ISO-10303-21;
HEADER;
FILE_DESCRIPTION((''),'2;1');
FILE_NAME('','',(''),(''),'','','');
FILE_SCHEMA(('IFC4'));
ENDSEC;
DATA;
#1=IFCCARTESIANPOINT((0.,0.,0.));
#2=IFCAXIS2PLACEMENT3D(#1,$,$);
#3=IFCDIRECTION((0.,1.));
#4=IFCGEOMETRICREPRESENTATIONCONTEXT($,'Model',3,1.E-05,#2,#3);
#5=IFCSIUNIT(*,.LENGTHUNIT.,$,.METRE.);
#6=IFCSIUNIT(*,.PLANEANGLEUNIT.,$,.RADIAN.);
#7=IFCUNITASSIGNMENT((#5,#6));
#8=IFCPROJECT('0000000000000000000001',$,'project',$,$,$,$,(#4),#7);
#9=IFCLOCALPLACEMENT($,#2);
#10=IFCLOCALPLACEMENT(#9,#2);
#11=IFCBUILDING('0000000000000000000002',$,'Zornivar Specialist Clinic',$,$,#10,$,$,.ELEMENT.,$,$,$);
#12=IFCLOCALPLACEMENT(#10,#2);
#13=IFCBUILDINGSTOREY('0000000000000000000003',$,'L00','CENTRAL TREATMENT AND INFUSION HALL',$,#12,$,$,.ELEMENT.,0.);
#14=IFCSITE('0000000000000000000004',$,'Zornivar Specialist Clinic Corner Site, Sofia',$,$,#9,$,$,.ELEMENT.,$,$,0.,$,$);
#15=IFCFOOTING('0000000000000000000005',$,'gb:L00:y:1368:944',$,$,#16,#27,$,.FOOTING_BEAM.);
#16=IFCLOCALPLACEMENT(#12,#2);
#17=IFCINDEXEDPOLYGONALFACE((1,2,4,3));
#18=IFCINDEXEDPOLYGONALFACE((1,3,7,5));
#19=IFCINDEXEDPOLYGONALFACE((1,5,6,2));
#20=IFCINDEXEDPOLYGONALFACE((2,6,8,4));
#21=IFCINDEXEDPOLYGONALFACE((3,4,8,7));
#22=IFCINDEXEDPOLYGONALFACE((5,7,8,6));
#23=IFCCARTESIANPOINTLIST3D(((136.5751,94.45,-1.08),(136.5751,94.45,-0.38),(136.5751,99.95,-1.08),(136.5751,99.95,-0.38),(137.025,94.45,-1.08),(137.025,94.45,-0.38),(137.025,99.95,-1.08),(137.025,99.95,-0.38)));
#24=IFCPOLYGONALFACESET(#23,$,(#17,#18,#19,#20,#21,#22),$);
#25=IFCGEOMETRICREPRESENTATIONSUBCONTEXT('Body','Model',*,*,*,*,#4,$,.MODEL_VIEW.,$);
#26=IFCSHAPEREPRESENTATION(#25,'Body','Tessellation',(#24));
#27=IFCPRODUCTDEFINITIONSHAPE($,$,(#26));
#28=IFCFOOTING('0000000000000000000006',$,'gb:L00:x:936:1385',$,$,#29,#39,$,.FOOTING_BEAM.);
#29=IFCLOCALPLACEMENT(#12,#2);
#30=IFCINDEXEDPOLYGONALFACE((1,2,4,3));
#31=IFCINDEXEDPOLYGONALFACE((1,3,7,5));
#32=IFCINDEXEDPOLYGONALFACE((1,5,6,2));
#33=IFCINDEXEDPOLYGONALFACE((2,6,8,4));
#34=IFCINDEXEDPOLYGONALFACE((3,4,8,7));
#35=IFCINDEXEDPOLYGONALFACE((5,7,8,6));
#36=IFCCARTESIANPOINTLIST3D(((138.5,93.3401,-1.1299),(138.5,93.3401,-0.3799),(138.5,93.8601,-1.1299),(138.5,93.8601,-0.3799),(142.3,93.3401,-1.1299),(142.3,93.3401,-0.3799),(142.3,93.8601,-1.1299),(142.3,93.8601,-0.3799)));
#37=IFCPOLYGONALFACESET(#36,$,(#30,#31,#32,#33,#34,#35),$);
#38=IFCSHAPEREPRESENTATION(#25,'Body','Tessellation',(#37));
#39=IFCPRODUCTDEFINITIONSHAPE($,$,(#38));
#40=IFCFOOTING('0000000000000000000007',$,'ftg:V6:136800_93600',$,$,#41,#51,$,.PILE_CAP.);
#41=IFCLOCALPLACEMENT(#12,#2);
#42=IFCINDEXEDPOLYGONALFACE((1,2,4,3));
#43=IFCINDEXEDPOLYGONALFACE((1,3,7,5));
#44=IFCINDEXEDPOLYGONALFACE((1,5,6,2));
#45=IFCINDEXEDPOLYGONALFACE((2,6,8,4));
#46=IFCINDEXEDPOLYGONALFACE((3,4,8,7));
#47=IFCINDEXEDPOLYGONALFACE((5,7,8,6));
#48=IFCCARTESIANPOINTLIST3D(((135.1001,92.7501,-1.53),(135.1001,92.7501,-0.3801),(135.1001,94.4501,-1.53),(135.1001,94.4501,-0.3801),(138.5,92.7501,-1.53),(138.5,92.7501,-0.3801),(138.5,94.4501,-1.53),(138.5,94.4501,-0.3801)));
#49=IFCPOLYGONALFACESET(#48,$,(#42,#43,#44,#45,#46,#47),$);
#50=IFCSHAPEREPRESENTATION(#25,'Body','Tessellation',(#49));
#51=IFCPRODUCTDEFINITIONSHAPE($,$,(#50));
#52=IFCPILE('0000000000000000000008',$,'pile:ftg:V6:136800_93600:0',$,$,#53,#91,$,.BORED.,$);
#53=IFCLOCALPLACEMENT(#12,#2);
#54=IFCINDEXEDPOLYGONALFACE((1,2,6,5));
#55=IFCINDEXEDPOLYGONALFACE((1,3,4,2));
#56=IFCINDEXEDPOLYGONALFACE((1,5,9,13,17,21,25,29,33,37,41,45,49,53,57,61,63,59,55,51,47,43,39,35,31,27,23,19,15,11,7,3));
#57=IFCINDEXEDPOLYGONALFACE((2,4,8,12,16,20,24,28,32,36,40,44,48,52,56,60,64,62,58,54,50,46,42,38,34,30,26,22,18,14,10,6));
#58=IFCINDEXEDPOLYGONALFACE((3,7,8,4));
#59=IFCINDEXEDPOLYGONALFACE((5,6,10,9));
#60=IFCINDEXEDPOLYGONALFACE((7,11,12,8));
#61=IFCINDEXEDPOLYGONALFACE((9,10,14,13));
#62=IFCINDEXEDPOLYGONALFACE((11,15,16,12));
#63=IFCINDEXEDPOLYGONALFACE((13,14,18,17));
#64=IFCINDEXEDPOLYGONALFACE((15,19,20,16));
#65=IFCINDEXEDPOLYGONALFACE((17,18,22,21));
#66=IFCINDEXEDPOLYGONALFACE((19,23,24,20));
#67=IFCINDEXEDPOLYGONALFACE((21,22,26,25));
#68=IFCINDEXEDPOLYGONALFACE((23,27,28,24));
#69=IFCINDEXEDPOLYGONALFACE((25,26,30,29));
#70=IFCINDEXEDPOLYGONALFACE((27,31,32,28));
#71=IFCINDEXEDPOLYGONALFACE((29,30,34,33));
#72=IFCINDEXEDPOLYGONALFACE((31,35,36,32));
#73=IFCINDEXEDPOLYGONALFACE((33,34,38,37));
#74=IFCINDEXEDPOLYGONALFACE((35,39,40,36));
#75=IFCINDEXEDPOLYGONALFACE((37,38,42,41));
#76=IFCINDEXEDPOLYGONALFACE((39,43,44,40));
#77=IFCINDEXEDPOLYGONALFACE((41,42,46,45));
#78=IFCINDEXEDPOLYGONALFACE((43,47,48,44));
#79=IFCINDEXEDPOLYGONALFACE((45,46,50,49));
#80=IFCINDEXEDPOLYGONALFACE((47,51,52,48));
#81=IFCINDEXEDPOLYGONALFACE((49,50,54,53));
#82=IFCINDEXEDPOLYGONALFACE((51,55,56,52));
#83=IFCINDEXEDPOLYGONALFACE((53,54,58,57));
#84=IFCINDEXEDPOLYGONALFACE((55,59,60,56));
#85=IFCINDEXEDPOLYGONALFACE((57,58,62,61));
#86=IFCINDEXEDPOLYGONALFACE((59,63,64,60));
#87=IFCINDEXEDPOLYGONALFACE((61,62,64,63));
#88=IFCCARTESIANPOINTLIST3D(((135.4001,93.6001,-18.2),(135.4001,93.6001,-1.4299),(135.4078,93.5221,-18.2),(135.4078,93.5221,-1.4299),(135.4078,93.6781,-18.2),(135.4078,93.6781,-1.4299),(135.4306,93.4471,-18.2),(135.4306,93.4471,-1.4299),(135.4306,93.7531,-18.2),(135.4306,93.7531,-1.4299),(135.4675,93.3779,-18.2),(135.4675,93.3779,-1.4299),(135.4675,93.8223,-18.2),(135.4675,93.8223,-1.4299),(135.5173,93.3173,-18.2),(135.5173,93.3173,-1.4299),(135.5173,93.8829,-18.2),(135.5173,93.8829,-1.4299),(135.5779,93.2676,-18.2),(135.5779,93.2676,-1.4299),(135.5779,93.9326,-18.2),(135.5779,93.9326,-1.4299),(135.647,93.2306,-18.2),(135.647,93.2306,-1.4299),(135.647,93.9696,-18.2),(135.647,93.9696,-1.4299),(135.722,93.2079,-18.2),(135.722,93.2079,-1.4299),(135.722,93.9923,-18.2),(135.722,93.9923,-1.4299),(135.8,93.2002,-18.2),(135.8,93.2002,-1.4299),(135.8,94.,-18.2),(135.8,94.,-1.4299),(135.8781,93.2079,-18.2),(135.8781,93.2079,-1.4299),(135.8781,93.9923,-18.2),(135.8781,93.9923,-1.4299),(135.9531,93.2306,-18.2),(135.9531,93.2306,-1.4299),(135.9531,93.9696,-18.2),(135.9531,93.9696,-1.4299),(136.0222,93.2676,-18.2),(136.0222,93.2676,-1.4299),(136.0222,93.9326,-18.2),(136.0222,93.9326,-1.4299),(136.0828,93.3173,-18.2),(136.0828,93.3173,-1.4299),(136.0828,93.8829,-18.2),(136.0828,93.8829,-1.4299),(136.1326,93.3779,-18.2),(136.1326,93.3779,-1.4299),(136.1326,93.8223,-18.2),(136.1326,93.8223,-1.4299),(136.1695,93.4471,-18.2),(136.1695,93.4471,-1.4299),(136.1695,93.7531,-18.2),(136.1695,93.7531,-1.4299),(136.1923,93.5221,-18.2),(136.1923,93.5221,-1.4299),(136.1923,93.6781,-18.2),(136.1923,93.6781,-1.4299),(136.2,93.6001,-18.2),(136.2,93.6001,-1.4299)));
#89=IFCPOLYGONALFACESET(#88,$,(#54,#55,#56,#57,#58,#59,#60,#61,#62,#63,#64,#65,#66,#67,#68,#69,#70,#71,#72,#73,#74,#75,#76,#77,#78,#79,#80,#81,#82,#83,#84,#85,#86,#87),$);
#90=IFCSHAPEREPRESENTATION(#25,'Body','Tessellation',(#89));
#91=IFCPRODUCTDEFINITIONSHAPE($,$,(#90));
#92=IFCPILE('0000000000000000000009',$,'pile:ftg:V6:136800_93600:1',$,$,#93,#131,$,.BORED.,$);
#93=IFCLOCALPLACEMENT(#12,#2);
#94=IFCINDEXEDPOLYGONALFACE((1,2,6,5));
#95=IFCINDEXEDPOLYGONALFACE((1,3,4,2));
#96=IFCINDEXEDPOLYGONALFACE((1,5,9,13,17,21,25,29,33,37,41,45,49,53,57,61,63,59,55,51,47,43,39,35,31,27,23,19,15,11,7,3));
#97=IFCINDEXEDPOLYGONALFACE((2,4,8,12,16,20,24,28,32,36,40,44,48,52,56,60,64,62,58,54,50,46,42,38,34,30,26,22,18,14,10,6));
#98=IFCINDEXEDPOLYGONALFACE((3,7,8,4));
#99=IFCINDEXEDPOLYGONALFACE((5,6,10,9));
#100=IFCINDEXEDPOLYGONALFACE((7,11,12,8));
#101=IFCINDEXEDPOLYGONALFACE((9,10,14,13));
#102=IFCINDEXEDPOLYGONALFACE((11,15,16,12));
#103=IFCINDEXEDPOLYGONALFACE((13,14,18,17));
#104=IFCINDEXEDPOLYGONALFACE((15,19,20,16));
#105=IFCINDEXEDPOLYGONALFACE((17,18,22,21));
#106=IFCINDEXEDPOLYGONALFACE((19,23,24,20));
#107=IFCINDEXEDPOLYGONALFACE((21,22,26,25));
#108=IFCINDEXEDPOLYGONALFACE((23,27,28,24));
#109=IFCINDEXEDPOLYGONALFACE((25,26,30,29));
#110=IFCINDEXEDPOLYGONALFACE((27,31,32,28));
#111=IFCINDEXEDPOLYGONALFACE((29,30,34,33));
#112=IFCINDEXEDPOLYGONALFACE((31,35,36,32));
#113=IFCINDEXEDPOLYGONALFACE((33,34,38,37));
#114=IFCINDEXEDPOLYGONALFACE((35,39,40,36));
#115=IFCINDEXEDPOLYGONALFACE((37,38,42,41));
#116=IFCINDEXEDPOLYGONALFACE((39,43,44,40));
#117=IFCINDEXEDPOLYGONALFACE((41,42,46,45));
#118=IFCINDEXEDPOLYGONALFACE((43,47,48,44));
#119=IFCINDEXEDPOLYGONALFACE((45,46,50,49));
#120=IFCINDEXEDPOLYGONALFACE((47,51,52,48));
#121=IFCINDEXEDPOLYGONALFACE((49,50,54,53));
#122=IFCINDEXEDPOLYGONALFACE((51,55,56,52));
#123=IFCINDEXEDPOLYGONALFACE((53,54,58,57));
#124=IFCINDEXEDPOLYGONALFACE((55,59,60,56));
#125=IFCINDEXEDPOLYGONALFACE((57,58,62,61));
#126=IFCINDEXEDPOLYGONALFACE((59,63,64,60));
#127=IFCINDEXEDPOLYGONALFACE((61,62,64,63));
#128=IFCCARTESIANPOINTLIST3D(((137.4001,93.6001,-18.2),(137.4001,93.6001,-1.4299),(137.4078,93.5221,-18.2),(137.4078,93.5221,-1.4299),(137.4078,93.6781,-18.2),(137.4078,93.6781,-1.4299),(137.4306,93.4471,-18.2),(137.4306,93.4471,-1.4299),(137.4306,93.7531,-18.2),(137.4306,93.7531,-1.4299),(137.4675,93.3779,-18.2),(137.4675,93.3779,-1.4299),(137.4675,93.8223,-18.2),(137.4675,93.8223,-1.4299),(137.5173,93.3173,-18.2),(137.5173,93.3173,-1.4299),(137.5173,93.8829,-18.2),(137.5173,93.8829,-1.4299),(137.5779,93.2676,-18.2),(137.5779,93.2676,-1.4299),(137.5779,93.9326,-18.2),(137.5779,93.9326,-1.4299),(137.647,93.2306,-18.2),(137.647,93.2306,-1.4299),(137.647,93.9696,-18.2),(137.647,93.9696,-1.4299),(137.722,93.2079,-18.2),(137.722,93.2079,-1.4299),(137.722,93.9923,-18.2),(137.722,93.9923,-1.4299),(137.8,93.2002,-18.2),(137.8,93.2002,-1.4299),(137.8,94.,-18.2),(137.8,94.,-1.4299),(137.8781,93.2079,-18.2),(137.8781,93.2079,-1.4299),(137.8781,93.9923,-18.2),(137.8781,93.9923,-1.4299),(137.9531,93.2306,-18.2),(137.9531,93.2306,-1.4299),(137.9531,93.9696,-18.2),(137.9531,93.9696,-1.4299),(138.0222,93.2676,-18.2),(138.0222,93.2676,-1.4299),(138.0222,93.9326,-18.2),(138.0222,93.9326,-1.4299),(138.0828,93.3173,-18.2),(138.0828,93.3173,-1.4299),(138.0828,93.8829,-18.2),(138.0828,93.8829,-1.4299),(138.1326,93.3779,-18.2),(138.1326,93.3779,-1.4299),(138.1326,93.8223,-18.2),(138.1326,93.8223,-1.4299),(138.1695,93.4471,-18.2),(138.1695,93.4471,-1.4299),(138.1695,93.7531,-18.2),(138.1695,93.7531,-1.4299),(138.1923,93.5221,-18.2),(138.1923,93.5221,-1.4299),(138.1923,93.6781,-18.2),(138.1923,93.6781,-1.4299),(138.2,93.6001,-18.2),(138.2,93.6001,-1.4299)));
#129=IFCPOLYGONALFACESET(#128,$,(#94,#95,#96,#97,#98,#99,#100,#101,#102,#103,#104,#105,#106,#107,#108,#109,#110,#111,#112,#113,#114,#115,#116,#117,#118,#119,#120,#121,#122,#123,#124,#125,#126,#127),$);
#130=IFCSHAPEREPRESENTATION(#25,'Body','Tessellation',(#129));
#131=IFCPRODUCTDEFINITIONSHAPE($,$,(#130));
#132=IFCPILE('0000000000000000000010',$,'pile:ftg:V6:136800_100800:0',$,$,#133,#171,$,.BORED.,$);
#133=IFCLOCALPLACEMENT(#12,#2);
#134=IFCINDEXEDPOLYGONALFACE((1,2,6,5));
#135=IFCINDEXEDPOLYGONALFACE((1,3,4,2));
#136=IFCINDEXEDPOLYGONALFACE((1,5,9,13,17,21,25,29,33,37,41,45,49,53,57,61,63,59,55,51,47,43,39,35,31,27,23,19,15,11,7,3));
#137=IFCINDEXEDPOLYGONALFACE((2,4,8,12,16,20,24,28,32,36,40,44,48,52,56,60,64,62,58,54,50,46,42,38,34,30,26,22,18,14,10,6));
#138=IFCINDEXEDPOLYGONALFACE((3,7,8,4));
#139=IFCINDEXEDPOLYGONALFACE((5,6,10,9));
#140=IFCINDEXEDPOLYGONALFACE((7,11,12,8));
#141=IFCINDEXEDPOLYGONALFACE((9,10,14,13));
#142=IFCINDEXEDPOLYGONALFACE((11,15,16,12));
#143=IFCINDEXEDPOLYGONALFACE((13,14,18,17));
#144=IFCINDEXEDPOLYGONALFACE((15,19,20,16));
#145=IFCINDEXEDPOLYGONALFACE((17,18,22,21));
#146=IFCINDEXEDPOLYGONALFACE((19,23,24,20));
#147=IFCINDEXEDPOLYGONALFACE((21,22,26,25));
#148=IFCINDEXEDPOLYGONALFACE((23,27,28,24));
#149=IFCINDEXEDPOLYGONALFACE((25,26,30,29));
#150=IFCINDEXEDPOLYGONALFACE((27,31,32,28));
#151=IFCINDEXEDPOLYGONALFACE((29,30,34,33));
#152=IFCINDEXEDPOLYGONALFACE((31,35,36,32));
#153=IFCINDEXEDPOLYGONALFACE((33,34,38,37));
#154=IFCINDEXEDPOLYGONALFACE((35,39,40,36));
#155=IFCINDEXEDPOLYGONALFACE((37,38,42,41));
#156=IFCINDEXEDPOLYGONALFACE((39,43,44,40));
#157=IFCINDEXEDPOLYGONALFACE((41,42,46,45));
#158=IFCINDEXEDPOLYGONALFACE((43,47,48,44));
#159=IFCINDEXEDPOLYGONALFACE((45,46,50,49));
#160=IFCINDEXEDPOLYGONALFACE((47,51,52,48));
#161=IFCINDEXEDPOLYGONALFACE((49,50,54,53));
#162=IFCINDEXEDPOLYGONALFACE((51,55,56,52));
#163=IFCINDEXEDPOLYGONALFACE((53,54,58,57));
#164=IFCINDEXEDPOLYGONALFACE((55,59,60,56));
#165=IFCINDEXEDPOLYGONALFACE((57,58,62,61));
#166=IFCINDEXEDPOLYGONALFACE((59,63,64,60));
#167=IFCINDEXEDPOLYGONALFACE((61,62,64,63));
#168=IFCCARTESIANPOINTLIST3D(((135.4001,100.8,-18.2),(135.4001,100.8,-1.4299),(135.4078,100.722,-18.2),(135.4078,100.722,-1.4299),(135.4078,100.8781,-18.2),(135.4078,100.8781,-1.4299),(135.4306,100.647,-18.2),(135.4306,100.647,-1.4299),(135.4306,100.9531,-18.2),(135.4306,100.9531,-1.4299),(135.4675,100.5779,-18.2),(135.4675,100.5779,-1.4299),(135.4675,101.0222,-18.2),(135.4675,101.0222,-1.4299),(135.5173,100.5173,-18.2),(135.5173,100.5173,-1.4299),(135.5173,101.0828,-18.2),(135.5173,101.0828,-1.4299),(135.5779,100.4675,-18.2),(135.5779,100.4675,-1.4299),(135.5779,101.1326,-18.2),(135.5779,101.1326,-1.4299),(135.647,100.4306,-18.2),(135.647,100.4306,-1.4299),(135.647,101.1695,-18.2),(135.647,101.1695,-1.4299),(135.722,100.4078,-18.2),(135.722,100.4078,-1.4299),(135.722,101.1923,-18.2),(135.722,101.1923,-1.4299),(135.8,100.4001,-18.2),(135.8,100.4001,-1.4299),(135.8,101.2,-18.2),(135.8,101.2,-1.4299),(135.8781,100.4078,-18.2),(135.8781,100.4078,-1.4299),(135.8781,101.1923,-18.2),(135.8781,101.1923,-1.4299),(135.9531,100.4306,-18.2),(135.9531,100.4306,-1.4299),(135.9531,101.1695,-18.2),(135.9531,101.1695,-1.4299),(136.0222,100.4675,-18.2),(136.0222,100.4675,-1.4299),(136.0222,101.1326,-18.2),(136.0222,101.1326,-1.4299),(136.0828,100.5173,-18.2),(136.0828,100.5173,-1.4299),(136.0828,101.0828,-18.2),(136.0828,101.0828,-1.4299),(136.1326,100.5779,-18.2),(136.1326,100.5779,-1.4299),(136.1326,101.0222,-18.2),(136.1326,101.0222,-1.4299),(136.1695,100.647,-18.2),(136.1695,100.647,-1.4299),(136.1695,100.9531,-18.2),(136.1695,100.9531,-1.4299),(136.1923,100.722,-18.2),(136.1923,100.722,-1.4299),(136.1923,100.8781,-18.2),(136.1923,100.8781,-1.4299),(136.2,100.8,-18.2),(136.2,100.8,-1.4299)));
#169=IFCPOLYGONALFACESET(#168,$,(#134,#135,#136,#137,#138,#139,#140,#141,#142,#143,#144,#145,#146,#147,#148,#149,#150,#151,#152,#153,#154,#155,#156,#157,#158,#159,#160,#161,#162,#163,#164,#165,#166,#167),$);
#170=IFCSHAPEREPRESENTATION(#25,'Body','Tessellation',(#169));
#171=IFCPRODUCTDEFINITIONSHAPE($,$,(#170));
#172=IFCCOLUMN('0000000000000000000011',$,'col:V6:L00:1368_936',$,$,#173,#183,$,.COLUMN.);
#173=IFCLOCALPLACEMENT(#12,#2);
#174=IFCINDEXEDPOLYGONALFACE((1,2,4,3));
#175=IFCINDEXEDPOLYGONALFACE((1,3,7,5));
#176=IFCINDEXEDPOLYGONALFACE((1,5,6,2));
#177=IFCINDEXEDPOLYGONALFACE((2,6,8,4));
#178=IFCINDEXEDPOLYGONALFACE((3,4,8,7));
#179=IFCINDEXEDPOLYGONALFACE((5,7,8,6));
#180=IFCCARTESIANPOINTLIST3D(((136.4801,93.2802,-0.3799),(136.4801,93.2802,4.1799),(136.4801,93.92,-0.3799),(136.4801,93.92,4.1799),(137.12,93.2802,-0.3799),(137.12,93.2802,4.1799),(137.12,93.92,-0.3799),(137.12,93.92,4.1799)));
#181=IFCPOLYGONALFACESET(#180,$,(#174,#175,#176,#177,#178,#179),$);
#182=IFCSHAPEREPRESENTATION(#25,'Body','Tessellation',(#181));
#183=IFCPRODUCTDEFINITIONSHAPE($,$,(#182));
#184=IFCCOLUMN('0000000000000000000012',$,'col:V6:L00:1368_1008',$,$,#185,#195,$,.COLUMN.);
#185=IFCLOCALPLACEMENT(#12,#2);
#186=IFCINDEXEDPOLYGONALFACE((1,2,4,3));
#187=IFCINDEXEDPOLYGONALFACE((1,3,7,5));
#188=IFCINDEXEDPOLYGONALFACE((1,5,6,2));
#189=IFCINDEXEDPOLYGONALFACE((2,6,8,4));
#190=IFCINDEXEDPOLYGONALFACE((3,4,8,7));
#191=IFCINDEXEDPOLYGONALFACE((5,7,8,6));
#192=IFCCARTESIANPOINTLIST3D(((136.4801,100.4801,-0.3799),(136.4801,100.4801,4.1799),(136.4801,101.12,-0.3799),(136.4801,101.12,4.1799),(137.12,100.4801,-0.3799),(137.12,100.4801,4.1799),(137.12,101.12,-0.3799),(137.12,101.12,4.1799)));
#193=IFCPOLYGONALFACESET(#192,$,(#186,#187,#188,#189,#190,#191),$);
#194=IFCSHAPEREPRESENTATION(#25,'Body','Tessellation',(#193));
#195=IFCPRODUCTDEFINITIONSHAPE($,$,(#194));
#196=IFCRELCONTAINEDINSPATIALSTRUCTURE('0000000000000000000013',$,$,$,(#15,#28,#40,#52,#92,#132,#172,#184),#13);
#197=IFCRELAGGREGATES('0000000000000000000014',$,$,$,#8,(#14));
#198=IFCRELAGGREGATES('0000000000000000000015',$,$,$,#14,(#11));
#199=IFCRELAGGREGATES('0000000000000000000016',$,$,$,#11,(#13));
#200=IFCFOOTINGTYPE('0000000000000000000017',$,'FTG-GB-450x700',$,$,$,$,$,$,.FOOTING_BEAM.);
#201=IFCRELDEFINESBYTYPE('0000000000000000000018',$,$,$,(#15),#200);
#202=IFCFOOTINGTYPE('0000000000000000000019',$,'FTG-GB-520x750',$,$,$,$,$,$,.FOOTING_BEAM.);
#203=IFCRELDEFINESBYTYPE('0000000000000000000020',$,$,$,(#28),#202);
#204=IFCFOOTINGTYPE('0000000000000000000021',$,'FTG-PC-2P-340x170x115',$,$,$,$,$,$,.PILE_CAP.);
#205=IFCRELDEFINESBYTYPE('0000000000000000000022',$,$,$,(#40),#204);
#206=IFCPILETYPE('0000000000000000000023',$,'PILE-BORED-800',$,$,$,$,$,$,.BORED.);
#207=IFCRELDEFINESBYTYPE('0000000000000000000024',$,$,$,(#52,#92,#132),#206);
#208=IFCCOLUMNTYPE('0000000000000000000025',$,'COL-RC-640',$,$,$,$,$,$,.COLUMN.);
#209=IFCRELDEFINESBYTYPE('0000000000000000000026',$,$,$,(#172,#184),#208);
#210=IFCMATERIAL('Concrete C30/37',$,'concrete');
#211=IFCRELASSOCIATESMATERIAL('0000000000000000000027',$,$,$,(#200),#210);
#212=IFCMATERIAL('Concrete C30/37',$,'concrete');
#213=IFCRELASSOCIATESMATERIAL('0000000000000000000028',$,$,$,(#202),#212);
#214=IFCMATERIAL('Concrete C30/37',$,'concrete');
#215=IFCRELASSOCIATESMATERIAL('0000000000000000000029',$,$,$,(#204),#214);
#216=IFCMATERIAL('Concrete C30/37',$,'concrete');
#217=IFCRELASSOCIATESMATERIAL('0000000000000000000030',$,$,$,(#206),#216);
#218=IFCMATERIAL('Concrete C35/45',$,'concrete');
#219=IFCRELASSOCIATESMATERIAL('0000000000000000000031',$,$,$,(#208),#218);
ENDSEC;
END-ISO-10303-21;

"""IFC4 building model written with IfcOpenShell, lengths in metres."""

from ifc_helpers import new_model, si_unit, direction, frame, origin, origin_2d, place, context, subcontext, project, spatial, rectangle, circle, extrude, material, material_profile, profile_set, type_object, element, save


model = new_model("IFC4")

# Units and contexts
model_context = context("Model", 3, precision=1e-05, world=origin(), true_north=direction((0.0, 1.0)))
body_context = subcontext(model_context, "Body", "Model", "MODEL_VIEW")
ifc_project = project(units=[si_unit("LENGTHUNIT", "METRE"), si_unit("PLANEANGLEUNIT", "RADIAN")], contexts=[model_context])

# Site, building, storey
site_placement = place(None, origin())
site = spatial("IfcSite", under=ifc_project, at=site_placement, Name="Zornivar Specialist Clinic Corner Site, Sofia", CompositionType="ELEMENT", RefElevation=0.0)
building_placement = place(site_placement, origin())
building = spatial("IfcBuilding", under=site, at=building_placement, Name="Zornivar Specialist Clinic", CompositionType="ELEMENT")
storey_placement = place(building_placement, origin())
storey = spatial("IfcBuildingStorey", under=building, at=storey_placement, Name="L00", Description="CENTRAL TREATMENT AND INFUSION HALL", CompositionType="ELEMENT", Elevation=0.0)

# Footings
ifc_material_1 = material(Name="Concrete C30/37", Category="concrete")
ifc_material_profile_1 = material_profile(ifc_material_1, rectangle(XDim=0.45, YDim=0.7, at=origin_2d()), Name="RC 450x700")
ifc_profile_set_1 = profile_set([ifc_material_profile_1], Name="Concrete C30/37")
footing_type_1 = type_object("IfcFootingType", Name="FTG-GB-450x700", PredefinedType="FOOTING_BEAM", material=ifc_profile_set_1)
footing_1_placement = place(storey_placement, frame((136.8, 94.45, -0.73), z_axis=(0.0, 1.0, 0.0), x_axis=(-1.0, 0.0, 0.0)))
element("IfcFooting", 1, at=footing_1_placement, inside=storey, type_object=footing_type_1, Name="gb:L00:y:1368:944", PredefinedType="FOOTING_BEAM", context=body_context, shape_type="SweptSolid", body=[
    extrude(rectangle(XDim=0.45, YDim=0.7, at=origin_2d()), origin(), (0.0, 0.0, 1.0), 5.5),
])
ifc_material_2 = material(Name="Concrete C30/37", Category="concrete")
ifc_material_profile_2 = material_profile(ifc_material_2, rectangle(XDim=0.52, YDim=0.75, at=origin_2d()), Name="RC 520x750")
ifc_profile_set_2 = profile_set([ifc_material_profile_2], Name="Concrete C30/37")
footing_type_2 = type_object("IfcFootingType", Name="FTG-GB-520x750", PredefinedType="FOOTING_BEAM", material=ifc_profile_set_2)
footing_2_placement = place(storey_placement, frame((138.5, 93.6001, -0.7549), z_axis=(1.0, 0.0, 0.0), x_axis=(0.0, 1.0, 0.0)))
element("IfcFooting", 2, at=footing_2_placement, inside=storey, type_object=footing_type_2, Name="gb:L00:x:936:1385", PredefinedType="FOOTING_BEAM", context=body_context, shape_type="SweptSolid", body=[
    extrude(rectangle(XDim=0.52, YDim=0.75, at=origin_2d()), origin(), (0.0, 0.0, 1.0), 3.8),
])
ifc_material_3 = material(Name="Concrete C30/37", Category="concrete")
footing_type_3 = type_object("IfcFootingType", Name="FTG-PC-2P-340x170x115", PredefinedType="PILE_CAP", material=ifc_material_3)
footing_3_placement = place(storey_placement, frame((136.8, 93.6001, -1.53), z_axis=(0.0, 0.0, 1.0), x_axis=(1.0, 0.0, 0.0)))
element("IfcFooting", 3, at=footing_3_placement, inside=storey, type_object=footing_type_3, Name="ftg:V6:136800_93600", PredefinedType="PILE_CAP", context=body_context, shape_type="SweptSolid", body=[
    extrude(rectangle(XDim=3.3999, YDim=1.7, at=origin_2d()), origin(), (0.0, 0.0, 1.0), 1.1499),
])

# Piles
ifc_material_4 = material(Name="Concrete C30/37", Category="concrete")
ifc_material_profile_3 = material_profile(ifc_material_4, circle(Radius=0.3999, at=origin_2d()), Name="PILE D800")
ifc_profile_set_3 = profile_set([ifc_material_profile_3], Name="Concrete C30/37")
pile_type = type_object("IfcPileType", Name="PILE-BORED-800", PredefinedType="BORED", material=ifc_profile_set_3)
for number, where, z_axis, x_axis, name in (
    (4, (135.8, 93.6001, -1.4299), (0.0, 0.0, -1.0), (1.0, 0.0, 0.0), "pile:ftg:V6:136800_93600:0"),
    (5, (137.8, 93.6001, -1.4299), (0.0, 0.0, -1.0), (1.0, 0.0, 0.0), "pile:ftg:V6:136800_93600:1"),
    (6, (135.8, 100.8, -1.4299), (0.0, 0.0, -1.0), (1.0, 0.0, 0.0), "pile:ftg:V6:136800_100800:0"),
):
    element("IfcPile", number, at=place(storey_placement, frame(where, z_axis=z_axis, x_axis=x_axis)), inside=storey, type_object=pile_type, Name=name, PredefinedType="BORED", context=body_context, shape_type="SweptSolid", body=[
        extrude(circle(Radius=0.3999, at=origin_2d()), origin(), (0.0, 0.0, 1.0), 16.77),
    ])

# Columns
ifc_material_5 = material(Name="Concrete C35/45", Category="concrete")
ifc_material_profile_4 = material_profile(ifc_material_5, rectangle(XDim=0.6399, YDim=0.6399, at=origin_2d()), Name="RC 640x640")
ifc_profile_set_4 = profile_set([ifc_material_profile_4], Name="Concrete C35/45")
column_type = type_object("IfcColumnType", Name="COL-RC-640", PredefinedType="COLUMN", material=ifc_profile_set_4)
for number, where, z_axis, x_axis, name in (
    (7, (136.8, 93.6001, -0.3799), (0.0, 0.0, 1.0), (1.0, 0.0, 0.0), "col:V6:L00:1368_936"),
    (8, (136.8, 100.8, -0.3799), (0.0, 0.0, 1.0), (1.0, 0.0, 0.0), "col:V6:L00:1368_1008"),
):
    element("IfcColumn", number, at=place(storey_placement, frame(where, z_axis=z_axis, x_axis=x_axis)), inside=storey, type_object=column_type, Name=name, PredefinedType="COLUMN", context=body_context, shape_type="SweptSolid", body=[
        extrude(rectangle(XDim=0.6399, YDim=0.6399, at=origin_2d()), origin(), (0.0, 0.0, 1.0), 4.5598),
    ])

save(model, "model.ifc")
